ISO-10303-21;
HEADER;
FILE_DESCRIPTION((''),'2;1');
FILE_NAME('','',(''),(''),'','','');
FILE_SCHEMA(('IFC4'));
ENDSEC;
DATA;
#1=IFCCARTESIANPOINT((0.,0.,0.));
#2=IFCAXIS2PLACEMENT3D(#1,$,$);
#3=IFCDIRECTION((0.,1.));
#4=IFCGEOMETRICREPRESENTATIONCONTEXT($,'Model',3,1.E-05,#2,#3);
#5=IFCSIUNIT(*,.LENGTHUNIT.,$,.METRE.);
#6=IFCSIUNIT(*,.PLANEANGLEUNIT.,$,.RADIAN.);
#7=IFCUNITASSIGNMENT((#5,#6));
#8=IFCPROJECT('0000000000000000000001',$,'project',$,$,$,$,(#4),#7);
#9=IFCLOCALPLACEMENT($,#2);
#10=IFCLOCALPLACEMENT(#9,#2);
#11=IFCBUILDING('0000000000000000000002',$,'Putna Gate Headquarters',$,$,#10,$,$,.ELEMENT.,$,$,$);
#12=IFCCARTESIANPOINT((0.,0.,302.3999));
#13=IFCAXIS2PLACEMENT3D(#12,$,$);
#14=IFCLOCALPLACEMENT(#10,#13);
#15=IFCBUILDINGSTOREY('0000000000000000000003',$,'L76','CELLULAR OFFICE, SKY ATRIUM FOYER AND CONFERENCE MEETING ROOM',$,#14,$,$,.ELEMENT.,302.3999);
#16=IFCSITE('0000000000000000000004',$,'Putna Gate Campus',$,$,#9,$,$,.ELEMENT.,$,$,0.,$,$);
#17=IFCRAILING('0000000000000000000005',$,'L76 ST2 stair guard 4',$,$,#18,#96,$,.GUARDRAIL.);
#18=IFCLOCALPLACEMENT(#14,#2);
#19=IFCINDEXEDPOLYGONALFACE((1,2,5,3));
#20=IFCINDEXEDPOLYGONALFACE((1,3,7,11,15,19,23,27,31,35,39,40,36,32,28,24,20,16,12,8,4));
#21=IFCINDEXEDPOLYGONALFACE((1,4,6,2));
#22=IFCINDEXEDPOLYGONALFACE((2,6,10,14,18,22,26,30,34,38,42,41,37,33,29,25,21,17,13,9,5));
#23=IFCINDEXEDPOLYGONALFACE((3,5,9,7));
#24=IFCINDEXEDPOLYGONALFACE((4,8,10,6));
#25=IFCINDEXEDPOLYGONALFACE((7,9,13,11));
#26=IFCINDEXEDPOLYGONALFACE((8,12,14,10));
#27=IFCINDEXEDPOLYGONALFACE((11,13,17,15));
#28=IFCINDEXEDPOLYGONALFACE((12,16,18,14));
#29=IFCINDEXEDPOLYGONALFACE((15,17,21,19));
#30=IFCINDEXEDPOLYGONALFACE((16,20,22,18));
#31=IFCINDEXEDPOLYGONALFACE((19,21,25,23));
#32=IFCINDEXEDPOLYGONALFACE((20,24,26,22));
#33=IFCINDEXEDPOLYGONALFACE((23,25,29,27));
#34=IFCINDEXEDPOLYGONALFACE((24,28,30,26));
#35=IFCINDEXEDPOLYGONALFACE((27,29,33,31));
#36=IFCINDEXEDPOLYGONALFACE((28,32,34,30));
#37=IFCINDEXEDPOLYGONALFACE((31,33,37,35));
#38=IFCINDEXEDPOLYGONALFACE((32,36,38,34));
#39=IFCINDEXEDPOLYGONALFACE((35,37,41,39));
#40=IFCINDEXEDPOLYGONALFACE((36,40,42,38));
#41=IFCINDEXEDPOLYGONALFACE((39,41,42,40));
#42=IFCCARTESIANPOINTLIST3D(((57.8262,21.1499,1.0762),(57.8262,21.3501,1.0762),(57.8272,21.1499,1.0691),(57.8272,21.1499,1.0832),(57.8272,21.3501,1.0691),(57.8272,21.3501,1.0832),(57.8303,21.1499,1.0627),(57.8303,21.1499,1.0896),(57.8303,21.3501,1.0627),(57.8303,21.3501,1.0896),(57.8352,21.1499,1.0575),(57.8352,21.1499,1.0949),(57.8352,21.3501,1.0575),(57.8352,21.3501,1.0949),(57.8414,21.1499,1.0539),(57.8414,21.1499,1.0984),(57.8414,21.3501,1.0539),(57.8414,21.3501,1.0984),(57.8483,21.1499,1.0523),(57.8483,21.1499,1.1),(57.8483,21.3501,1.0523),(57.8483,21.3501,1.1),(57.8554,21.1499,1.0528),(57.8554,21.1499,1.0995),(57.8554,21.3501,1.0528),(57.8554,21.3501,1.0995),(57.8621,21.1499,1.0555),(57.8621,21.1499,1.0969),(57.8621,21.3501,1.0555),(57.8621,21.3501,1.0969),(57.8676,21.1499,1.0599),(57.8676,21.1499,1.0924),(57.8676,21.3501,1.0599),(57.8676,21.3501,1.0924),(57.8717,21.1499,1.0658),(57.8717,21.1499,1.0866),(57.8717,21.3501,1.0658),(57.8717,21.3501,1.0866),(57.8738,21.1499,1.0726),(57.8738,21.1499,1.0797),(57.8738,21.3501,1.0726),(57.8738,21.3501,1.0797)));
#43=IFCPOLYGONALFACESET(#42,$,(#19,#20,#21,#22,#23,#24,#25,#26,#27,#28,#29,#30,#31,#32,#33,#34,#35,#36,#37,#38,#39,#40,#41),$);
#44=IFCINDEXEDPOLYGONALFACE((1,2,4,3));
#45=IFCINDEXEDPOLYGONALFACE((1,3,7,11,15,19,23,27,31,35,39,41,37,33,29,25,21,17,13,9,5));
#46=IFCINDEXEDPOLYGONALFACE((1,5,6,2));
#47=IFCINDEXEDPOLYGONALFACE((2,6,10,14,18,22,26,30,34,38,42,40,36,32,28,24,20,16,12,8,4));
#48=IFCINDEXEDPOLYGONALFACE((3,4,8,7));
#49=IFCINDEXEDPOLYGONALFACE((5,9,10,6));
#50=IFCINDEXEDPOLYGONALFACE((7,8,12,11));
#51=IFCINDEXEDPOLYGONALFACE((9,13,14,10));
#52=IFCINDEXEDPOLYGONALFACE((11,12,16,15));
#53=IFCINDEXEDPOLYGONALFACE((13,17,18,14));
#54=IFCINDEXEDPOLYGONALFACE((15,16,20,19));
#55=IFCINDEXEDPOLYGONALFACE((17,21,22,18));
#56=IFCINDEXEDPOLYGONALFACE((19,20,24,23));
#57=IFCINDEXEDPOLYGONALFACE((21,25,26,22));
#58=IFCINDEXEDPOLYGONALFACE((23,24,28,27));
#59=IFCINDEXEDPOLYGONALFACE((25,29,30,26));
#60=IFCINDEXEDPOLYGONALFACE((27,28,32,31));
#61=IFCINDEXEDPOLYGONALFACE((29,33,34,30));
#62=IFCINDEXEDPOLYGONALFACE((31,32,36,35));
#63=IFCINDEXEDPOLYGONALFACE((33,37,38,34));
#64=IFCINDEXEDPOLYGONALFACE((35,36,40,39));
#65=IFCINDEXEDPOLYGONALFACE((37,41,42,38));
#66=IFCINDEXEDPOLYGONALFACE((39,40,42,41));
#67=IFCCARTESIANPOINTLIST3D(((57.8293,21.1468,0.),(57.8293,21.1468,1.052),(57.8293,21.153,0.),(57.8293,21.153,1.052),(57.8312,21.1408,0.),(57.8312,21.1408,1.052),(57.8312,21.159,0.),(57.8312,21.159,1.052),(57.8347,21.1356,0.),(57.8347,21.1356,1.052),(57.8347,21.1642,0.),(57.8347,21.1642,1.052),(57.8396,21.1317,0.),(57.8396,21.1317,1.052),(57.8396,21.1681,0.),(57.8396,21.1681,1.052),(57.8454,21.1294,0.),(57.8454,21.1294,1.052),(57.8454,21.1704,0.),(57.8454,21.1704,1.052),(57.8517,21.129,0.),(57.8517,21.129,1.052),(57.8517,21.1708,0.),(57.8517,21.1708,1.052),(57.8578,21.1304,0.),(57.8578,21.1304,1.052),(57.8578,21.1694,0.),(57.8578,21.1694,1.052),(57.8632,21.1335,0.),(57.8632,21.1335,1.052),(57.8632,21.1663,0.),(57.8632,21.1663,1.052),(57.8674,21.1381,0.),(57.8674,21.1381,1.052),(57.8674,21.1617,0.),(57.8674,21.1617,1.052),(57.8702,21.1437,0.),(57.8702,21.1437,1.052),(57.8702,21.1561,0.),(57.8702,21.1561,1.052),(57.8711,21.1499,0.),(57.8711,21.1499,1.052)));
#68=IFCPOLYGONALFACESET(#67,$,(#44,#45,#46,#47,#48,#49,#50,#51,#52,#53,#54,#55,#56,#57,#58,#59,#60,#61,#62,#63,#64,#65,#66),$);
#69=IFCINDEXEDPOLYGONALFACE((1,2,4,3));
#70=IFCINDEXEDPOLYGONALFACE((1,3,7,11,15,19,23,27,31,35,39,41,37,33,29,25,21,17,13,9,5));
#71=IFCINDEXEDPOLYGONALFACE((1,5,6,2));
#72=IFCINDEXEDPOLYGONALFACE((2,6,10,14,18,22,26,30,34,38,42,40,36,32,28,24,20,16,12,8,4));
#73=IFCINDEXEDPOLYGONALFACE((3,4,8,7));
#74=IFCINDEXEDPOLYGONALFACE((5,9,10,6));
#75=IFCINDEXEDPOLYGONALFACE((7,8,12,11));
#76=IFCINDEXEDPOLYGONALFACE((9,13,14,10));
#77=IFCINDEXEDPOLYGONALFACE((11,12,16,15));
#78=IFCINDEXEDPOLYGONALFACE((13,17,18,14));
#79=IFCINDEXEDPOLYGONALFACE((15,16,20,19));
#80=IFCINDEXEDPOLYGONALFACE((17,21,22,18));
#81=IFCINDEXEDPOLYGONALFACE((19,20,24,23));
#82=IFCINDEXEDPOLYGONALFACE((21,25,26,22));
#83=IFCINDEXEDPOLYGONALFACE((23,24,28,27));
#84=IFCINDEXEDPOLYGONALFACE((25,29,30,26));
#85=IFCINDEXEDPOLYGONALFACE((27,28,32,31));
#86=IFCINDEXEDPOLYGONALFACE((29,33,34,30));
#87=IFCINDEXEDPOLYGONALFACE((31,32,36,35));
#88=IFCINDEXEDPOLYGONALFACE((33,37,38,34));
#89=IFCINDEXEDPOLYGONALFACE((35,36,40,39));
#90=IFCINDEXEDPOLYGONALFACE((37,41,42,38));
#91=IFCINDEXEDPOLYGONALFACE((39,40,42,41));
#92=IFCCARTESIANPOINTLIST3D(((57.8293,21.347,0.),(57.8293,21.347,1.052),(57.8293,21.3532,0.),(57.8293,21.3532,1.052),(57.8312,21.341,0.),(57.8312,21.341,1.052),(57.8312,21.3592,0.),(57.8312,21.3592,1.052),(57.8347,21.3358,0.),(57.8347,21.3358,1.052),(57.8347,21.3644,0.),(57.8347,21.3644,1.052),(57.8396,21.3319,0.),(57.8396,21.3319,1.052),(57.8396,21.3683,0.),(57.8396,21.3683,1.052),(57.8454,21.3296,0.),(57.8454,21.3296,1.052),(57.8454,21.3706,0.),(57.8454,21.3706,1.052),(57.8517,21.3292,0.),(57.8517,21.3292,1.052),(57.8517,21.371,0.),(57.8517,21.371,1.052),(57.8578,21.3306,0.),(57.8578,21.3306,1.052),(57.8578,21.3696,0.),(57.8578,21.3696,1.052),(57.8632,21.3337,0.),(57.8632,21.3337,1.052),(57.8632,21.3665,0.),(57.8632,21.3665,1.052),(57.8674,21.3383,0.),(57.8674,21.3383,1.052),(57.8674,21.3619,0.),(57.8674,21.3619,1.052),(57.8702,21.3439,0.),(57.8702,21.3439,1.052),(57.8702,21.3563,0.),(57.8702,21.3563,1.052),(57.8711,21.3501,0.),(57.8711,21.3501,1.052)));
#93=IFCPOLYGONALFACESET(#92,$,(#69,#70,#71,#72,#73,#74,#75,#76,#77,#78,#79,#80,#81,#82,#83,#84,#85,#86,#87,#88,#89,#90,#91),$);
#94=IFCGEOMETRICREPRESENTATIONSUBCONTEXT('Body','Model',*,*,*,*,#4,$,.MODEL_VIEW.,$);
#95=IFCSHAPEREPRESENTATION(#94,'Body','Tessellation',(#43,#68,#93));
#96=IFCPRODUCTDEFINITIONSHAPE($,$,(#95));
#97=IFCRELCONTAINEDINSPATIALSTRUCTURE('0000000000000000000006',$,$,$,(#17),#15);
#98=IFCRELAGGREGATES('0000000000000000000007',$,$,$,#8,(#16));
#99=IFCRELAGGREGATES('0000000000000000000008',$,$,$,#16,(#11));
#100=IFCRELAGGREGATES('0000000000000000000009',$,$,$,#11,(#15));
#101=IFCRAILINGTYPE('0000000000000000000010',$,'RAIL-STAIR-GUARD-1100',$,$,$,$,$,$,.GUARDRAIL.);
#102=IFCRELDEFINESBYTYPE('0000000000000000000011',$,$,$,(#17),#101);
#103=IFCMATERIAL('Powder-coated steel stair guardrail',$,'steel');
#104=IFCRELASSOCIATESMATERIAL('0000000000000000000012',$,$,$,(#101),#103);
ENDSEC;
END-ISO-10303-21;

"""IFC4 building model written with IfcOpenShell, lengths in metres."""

from ifc_helpers import new_model, si_unit, direction, frame, origin, origin_2d, place, context, subcontext, project, spatial, circle, extrude, material, type_object, element, save


model = new_model("IFC4")

# Units and contexts
model_context = context("Model", 3, precision=1e-05, world=origin(), true_north=direction((0.0, 1.0)))
body_context = subcontext(model_context, "Body", "Model", "MODEL_VIEW")
ifc_project = project(units=[si_unit("LENGTHUNIT", "METRE"), si_unit("PLANEANGLEUNIT", "RADIAN")], contexts=[model_context])

# Site, building, storey
site_placement = place(None, origin())
site = spatial("IfcSite", under=ifc_project, at=site_placement, Name="Putna Gate Campus", CompositionType="ELEMENT", RefElevation=0.0)
building_placement = place(site_placement, origin())
building = spatial("IfcBuilding", under=site, at=building_placement, Name="Putna Gate Headquarters", CompositionType="ELEMENT")
storey_placement = place(building_placement, frame((0.0, 0.0, 302.3999)))
storey = spatial("IfcBuildingStorey", under=building, at=storey_placement, Name="L76", Description="CELLULAR OFFICE, SKY ATRIUM FOYER AND CONFERENCE MEETING ROOM", CompositionType="ELEMENT", Elevation=302.3999)

# Railing
ifc_material_1 = material(Name="Powder-coated steel stair guardrail", Category="steel")
railing_type_1 = type_object("IfcRailingType", Name="RAIL-STAIR-GUARD-1100", PredefinedType="GUARDRAIL", material=ifc_material_1)
railing_1_placement = place(storey_placement, frame((57.8501, 21.1499, 0.0)))
element("IfcRailing", 1, at=railing_1_placement, inside=storey, type_object=railing_type_1, Name="L76 ST2 stair guard 4", PredefinedType="GUARDRAIL", context=body_context, shape_type="SweptSolid", body=[
    extrude(circle(Radius=0.0239, at=origin_2d()), frame((0.0, 0.0, 1.0762), z_axis=(0.0, 1.0, 0.0), x_axis=(-1.0, 0.0, 0.0)), (0.0, 0.0, 1.0), 0.2002),
    extrude(circle(Radius=0.021, at=origin_2d()), origin(), (0.0, 0.0, 1.0), 1.052),
    extrude(circle(Radius=0.021, at=origin_2d()), frame((0.0, 0.2002, 0.0)), (0.0, 0.0, 1.0), 1.052),
])

save(model, "model.ifc")
